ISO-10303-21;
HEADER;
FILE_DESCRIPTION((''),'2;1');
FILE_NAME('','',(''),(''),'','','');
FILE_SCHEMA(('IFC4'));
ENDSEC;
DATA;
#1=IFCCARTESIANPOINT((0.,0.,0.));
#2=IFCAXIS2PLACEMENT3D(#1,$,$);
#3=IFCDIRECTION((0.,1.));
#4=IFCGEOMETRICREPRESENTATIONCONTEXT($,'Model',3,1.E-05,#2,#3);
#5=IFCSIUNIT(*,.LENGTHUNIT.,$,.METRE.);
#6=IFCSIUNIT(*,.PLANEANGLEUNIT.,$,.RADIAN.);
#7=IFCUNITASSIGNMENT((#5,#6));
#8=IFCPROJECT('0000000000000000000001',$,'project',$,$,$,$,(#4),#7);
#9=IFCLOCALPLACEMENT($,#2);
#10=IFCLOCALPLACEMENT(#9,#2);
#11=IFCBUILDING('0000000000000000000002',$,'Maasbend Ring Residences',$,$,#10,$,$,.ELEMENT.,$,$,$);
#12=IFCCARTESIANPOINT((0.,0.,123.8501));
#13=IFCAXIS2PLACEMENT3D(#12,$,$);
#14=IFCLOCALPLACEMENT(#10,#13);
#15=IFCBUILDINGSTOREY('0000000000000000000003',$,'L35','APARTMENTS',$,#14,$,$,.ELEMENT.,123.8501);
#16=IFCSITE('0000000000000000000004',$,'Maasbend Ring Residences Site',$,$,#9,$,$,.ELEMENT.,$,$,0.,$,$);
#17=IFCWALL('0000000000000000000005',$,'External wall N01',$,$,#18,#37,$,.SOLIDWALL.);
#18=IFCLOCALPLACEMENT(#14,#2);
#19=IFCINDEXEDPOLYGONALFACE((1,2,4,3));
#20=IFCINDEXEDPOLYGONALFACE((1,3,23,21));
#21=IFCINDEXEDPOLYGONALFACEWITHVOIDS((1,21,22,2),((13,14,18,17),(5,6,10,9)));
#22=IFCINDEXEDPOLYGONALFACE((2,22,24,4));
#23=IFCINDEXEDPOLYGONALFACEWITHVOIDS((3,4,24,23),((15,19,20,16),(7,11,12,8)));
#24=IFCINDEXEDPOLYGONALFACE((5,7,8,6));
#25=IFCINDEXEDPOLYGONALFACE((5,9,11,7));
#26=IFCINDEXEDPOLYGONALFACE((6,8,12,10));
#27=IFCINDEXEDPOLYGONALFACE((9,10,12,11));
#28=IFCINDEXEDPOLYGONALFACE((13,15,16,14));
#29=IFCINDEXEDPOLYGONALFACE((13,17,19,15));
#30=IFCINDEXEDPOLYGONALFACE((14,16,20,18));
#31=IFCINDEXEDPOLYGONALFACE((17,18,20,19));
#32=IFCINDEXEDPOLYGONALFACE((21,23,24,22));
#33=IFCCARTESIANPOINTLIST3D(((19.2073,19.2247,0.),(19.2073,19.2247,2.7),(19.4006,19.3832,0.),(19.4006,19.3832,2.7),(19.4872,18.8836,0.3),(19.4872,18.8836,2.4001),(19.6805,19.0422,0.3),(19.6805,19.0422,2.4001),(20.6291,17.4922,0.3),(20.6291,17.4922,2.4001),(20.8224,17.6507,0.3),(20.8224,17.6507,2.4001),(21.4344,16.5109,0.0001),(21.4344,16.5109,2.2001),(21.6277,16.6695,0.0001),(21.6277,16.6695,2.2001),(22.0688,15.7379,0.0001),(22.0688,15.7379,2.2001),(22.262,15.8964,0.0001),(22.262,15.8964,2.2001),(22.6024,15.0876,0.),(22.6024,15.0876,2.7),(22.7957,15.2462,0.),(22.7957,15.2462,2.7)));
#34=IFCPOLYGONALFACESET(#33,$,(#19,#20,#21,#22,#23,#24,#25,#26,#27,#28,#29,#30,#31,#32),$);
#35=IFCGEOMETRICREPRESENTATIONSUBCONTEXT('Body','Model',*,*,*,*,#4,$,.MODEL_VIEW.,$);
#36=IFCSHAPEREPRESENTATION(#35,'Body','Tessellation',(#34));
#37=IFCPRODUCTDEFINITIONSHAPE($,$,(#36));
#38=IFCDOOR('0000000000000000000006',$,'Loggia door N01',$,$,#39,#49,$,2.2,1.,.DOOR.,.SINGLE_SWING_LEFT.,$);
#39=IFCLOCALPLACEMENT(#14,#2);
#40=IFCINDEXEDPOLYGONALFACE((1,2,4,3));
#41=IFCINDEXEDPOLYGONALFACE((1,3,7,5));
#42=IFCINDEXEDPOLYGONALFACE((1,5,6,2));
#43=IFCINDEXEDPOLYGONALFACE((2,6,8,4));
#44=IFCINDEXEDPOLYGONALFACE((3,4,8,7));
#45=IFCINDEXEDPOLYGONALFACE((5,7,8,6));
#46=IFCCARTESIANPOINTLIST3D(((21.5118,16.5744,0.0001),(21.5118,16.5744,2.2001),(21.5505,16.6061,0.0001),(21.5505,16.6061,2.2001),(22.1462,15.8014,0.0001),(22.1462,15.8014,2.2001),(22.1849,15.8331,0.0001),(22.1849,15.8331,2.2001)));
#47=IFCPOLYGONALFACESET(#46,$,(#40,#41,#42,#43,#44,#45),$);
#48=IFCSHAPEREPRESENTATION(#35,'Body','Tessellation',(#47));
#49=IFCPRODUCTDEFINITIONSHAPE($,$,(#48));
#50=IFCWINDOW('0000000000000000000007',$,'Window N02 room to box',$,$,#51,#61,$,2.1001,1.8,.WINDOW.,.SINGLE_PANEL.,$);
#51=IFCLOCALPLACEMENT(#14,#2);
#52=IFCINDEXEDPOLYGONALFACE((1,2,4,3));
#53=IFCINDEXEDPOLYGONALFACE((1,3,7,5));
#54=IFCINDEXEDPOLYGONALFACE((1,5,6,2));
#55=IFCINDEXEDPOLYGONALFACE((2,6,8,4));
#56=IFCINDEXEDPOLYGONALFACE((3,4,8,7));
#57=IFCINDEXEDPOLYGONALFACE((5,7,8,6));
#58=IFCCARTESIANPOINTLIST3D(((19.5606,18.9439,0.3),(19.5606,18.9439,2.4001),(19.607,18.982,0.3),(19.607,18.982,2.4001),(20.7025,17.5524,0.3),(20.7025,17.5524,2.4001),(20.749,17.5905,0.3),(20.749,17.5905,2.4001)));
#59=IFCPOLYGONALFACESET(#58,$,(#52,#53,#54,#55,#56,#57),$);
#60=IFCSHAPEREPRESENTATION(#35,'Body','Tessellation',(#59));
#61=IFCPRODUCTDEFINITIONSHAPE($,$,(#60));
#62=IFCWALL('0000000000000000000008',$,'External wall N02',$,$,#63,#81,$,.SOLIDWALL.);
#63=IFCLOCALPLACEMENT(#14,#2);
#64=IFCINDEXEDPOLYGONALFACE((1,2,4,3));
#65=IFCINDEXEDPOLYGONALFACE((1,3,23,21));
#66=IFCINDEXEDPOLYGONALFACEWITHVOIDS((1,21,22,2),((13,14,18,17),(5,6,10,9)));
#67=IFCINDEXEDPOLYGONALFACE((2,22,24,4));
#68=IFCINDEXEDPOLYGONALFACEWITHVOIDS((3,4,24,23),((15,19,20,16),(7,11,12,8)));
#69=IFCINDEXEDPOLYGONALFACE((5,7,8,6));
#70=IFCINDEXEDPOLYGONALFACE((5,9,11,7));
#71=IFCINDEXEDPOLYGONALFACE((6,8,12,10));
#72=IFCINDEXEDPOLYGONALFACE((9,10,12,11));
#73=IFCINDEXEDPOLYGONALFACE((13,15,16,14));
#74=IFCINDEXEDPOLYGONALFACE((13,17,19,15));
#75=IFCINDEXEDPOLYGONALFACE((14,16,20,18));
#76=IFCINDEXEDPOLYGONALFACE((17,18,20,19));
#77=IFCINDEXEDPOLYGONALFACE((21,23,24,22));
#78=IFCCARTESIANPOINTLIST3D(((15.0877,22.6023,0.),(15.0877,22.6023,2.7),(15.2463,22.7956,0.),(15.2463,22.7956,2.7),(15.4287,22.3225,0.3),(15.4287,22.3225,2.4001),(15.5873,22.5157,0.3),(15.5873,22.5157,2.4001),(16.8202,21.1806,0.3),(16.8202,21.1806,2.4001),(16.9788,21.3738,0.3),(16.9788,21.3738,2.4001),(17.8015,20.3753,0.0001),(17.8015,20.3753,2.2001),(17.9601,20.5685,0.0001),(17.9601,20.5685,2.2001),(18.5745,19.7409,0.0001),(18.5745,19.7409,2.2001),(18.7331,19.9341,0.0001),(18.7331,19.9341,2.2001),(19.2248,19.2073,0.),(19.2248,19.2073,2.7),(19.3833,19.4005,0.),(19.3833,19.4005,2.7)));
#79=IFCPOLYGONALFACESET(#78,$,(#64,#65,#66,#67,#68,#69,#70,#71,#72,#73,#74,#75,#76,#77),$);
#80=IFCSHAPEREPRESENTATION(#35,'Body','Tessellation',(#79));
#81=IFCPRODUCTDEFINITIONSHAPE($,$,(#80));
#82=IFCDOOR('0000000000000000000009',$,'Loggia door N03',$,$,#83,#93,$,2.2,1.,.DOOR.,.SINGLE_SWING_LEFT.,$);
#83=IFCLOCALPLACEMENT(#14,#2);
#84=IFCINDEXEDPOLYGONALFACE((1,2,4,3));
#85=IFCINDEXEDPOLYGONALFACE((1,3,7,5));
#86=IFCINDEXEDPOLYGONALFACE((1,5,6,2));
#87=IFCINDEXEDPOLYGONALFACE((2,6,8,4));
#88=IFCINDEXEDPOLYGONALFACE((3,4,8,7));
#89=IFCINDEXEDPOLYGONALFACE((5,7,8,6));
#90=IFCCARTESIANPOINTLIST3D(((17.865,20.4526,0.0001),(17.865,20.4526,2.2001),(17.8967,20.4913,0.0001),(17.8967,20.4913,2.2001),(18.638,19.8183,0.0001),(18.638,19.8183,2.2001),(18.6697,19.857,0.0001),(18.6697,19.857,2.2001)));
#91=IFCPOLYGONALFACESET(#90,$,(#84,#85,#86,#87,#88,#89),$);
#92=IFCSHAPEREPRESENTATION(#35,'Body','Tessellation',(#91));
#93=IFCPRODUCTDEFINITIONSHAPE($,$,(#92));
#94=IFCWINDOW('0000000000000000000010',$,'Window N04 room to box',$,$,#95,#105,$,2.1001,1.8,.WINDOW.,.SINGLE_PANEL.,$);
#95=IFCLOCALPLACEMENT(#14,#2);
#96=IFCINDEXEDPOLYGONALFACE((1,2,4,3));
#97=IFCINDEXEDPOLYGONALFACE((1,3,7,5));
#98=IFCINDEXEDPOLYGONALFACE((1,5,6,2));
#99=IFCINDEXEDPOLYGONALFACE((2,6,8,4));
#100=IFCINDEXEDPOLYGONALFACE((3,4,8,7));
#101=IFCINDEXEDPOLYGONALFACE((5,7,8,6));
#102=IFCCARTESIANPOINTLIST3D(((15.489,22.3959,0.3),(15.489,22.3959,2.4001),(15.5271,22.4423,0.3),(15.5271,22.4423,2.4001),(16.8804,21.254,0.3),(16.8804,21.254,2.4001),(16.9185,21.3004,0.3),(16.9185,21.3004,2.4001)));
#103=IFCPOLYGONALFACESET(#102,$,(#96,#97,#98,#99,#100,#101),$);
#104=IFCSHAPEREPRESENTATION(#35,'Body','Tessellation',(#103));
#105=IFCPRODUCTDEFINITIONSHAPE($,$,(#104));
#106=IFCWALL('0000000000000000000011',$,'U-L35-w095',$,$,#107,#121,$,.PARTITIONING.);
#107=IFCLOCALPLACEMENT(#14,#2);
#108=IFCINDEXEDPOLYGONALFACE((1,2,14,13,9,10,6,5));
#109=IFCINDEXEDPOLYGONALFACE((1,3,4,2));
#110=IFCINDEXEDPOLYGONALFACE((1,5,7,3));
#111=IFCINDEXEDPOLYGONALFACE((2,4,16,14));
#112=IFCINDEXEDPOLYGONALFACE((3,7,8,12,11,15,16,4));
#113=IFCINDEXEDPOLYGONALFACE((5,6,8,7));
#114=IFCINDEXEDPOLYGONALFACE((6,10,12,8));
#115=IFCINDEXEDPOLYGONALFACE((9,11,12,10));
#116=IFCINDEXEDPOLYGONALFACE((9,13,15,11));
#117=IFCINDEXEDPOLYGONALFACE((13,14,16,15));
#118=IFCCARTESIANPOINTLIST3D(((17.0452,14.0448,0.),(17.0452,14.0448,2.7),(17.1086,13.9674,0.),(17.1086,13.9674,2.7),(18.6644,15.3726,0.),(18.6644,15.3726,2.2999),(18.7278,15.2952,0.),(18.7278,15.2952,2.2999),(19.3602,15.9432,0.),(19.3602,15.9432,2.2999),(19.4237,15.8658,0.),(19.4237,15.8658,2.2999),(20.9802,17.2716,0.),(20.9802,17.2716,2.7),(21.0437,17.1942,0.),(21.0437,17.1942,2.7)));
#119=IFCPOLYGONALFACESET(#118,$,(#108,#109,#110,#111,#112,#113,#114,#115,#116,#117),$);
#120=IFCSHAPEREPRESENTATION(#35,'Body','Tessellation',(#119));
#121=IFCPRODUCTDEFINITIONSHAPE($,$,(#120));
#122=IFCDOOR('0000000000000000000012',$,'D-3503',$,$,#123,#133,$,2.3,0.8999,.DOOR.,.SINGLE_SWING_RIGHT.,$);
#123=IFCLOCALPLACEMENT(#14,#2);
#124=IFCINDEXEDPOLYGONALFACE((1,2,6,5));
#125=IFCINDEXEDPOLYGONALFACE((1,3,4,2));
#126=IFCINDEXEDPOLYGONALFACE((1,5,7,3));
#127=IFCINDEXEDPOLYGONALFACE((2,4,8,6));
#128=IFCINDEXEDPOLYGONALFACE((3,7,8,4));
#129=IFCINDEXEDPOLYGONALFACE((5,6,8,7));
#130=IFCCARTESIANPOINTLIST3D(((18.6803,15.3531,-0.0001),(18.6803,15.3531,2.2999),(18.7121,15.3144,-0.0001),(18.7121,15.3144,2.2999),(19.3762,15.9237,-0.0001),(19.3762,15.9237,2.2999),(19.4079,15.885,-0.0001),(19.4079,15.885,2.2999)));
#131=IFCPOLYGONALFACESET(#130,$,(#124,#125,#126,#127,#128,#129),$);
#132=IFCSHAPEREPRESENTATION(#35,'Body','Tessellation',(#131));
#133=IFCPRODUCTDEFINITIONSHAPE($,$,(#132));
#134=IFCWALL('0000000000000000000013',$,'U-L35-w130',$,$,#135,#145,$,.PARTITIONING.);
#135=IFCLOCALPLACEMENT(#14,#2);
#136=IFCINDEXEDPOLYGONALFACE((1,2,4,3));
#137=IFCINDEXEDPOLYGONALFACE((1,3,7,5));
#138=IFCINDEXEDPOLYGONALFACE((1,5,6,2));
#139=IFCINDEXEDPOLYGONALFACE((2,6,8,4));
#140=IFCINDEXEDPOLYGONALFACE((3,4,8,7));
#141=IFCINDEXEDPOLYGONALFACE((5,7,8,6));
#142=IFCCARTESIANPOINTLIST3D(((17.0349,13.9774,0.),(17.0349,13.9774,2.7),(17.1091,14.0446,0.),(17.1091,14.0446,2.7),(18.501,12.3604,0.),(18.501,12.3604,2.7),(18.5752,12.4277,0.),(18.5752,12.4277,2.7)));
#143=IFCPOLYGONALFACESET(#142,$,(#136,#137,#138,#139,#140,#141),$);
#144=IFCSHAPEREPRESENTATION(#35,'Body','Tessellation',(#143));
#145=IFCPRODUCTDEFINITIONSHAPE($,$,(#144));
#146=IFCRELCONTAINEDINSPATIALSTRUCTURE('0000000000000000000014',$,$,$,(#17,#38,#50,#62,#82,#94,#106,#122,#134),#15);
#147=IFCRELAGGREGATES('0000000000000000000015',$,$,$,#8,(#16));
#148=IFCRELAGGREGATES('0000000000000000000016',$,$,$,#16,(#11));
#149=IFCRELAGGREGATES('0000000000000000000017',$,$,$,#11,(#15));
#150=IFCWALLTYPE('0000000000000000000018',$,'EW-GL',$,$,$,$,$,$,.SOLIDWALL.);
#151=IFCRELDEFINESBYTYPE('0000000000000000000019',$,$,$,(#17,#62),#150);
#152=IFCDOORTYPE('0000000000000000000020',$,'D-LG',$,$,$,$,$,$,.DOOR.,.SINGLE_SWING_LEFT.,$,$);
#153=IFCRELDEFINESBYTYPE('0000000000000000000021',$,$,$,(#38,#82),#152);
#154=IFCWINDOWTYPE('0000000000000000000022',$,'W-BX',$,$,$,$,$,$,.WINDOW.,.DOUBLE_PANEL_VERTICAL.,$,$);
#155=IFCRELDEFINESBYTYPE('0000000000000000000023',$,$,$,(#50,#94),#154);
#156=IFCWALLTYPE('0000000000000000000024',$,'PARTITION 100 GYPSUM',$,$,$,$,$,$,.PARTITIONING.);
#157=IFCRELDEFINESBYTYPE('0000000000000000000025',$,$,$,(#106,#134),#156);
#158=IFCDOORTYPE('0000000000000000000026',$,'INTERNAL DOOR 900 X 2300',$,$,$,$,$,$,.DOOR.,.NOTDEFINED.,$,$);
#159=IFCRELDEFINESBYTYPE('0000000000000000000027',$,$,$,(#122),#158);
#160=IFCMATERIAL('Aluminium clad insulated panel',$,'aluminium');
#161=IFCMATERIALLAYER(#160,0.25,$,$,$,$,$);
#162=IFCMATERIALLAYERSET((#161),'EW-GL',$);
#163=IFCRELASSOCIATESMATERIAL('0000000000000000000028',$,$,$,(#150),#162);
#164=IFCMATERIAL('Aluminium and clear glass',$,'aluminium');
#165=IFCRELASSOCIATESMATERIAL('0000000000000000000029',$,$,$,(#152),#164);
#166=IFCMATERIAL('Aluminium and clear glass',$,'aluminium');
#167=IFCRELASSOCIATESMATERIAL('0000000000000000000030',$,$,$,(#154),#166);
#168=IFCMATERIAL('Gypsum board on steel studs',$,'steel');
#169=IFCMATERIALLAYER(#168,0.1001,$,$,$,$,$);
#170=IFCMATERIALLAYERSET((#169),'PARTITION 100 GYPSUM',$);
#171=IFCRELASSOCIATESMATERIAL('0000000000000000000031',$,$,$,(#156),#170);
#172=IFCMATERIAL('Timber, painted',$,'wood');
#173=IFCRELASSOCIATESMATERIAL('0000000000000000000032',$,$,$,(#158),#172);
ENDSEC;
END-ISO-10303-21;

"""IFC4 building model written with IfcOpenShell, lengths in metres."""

from ifc_helpers import new_model, si_unit, direction, frame, frame_2d, origin, place, context, subcontext, project, spatial, rectangle, extrude, material, layer, layer_set, type_object, element, fill, save


model = new_model("IFC4")

# Units and contexts
model_context = context("Model", 3, precision=1e-05, world=origin(), true_north=direction((0.0, 1.0)))
body_context = subcontext(model_context, "Body", "Model", "MODEL_VIEW")
ifc_project = project(units=[si_unit("LENGTHUNIT", "METRE"), si_unit("PLANEANGLEUNIT", "RADIAN")], contexts=[model_context])

# Site, building, storey
site_placement = place(None, origin())
site = spatial("IfcSite", under=ifc_project, at=site_placement, Name="Maasbend Ring Residences Site", CompositionType="ELEMENT", RefElevation=0.0)
building_placement = place(site_placement, origin())
building = spatial("IfcBuilding", under=site, at=building_placement, Name="Maasbend Ring Residences", CompositionType="ELEMENT")
storey_placement = place(building_placement, frame((0.0, 0.0, 123.8501)))
storey = spatial("IfcBuildingStorey", under=building, at=storey_placement, Name="L35", Description="APARTMENTS", CompositionType="ELEMENT", Elevation=123.8501)

# Walls, openings, doors, windows
ifc_material_1 = material(Name="Aluminium clad insulated panel", Category="aluminium")
ifc_layer_1 = layer(ifc_material_1, 0.25)
ifc_layer_set_1 = layer_set([ifc_layer_1], Name="EW-GL")
wall_type_1 = type_object("IfcWallType", Name="EW-GL", PredefinedType="SOLIDWALL", material=ifc_layer_set_1)
wall_1_placement = place(storey_placement, frame((22.699, 15.167, 0.0), z_axis=(0.0, 0.0, 1.0), x_axis=(-0.634382, 0.773019, 0.0)))
wall_1 = element("IfcWall", 1, at=wall_1_placement, inside=storey, type_object=wall_type_1, Name="External wall N01", PredefinedType="SOLIDWALL", context=body_context, shape_type="SweptSolid", body=[
    extrude(rectangle(XDim=5.3518, YDim=0.25, at=frame_2d((2.6758, 0.0))), origin(), (0.0, 0.0, 1.0), 2.7),
])
opening_1_placement = place(wall_1_placement, frame((0.8411, 0.0, 0.0)))
opening_1 = element("IfcOpeningElement", 2, at=opening_1_placement, cuts=wall_1, PredefinedType="OPENING", context=body_context, shape_type="SweptSolid", body=[
    extrude(rectangle(XDim=1.0, YDim=2.2, at=frame_2d((0.5, 1.1001))), frame((0.0, 0.135, 0.0), z_axis=(0.0, -1.0, 0.0), x_axis=(1.0, 0.0, 0.0)), (0.0, 0.0, 1.0), 0.27),
])
opening_2_placement = place(wall_1_placement, frame((3.1106, 0.0, 0.3)))
opening_2 = element("IfcOpeningElement", 3, at=opening_2_placement, cuts=wall_1, PredefinedType="OPENING", context=body_context, shape_type="SweptSolid", body=[
    extrude(rectangle(XDim=1.8, YDim=2.1001, at=frame_2d((0.8999, 1.05))), frame((0.0, 0.135, 0.0), z_axis=(0.0, -1.0, 0.0), x_axis=(1.0, 0.0, 0.0)), (0.0, 0.0, 1.0), 0.27),
])
ifc_material_2 = material(Name="Aluminium and clear glass", Category="aluminium")
door_type_1 = type_object("IfcDoorType", Name="D-LG", OperationType="SINGLE_SWING_LEFT", PredefinedType="DOOR", material=ifc_material_2)
door_1_placement = place(opening_1_placement, origin())
door_1 = element("IfcDoor", 4, at=door_1_placement, inside=storey, type_object=door_type_1, Name="Loggia door N01", OperationType="SINGLE_SWING_LEFT", OverallHeight=2.2, OverallWidth=1.0, PredefinedType="DOOR", context=body_context, shape_type="SweptSolid", body=[
    extrude(rectangle(XDim=1.0, YDim=2.2, at=frame_2d((0.5, 1.1001))), frame((0.0, 0.0249, 0.0), z_axis=(0.0, -1.0, 0.0), x_axis=(1.0, 0.0, 0.0)), (0.0, 0.0, 1.0), 0.05),
])
fill(opening_1, door_1)
ifc_material_3 = material(Name="Aluminium and clear glass", Category="aluminium")
window_type_1 = type_object("IfcWindowType", Name="W-BX", PartitioningType="DOUBLE_PANEL_VERTICAL", PredefinedType="WINDOW", material=ifc_material_3)
window_1_placement = place(opening_2_placement, origin())
window_1 = element("IfcWindow", 5, at=window_1_placement, inside=storey, type_object=window_type_1, Name="Window N02 room to box", OverallHeight=2.1001, OverallWidth=1.8, PartitioningType="SINGLE_PANEL", PredefinedType="WINDOW", context=body_context, shape_type="SweptSolid", body=[
    extrude(rectangle(XDim=1.8, YDim=2.1001, at=frame_2d((0.8999, 1.05))), frame((0.0, 0.03, 0.0), z_axis=(0.0, -1.0, 0.0), x_axis=(1.0, 0.0, 0.0)), (0.0, 0.0, 1.0), 0.0601),
])
fill(opening_2, window_1)
wall_2_placement = place(storey_placement, frame((19.304, 19.304, 0.0), z_axis=(0.0, 0.0, 1.0), x_axis=(-0.773019, 0.634382, 0.0)))
wall_2 = element("IfcWall", 6, at=wall_2_placement, inside=storey, type_object=wall_type_1, Name="External wall N02", PredefinedType="SOLIDWALL", context=body_context, shape_type="SweptSolid", body=[
    extrude(rectangle(XDim=5.3518, YDim=0.25, at=frame_2d((2.6758, 0.0))), origin(), (0.0, 0.0, 1.0), 2.7),
])
opening_3_placement = place(wall_2_placement, frame((0.8411, 0.0, 0.0)))
opening_3 = element("IfcOpeningElement", 7, at=opening_3_placement, cuts=wall_2, PredefinedType="OPENING", context=body_context, shape_type="SweptSolid", body=[
    extrude(rectangle(XDim=1.0, YDim=2.2, at=frame_2d((0.5, 1.1001))), frame((0.0, 0.135, 0.0), z_axis=(0.0, -1.0, 0.0), x_axis=(1.0, 0.0, 0.0)), (0.0, 0.0, 1.0), 0.27),
])
opening_4_placement = place(wall_2_placement, frame((3.1106, 0.0, 0.3)))
opening_4 = element("IfcOpeningElement", 8, at=opening_4_placement, cuts=wall_2, PredefinedType="OPENING", context=body_context, shape_type="SweptSolid", body=[
    extrude(rectangle(XDim=1.8, YDim=2.1001, at=frame_2d((0.8999, 1.05))), frame((0.0, 0.135, 0.0), z_axis=(0.0, -1.0, 0.0), x_axis=(1.0, 0.0, 0.0)), (0.0, 0.0, 1.0), 0.27),
])
door_2_placement = place(opening_3_placement, origin())
door_2 = element("IfcDoor", 9, at=door_2_placement, inside=storey, type_object=door_type_1, Name="Loggia door N03", OperationType="SINGLE_SWING_LEFT", OverallHeight=2.2, OverallWidth=1.0, PredefinedType="DOOR", context=body_context, shape_type="SweptSolid", body=[
    extrude(rectangle(XDim=1.0, YDim=2.2, at=frame_2d((0.5, 1.1001))), frame((0.0, 0.0249, 0.0), z_axis=(0.0, -1.0, 0.0), x_axis=(1.0, 0.0, 0.0)), (0.0, 0.0, 1.0), 0.05),
])
fill(opening_3, door_2)
window_2_placement = place(opening_4_placement, origin())
window_2 = element("IfcWindow", 10, at=window_2_placement, inside=storey, type_object=window_type_1, Name="Window N04 room to box", OverallHeight=2.1001, OverallWidth=1.8, PartitioningType="SINGLE_PANEL", PredefinedType="WINDOW", context=body_context, shape_type="SweptSolid", body=[
    extrude(rectangle(XDim=1.8, YDim=2.1001, at=frame_2d((0.8999, 1.05))), frame((0.0, 0.03, 0.0), z_axis=(0.0, -1.0, 0.0), x_axis=(1.0, 0.0, 0.0)), (0.0, 0.0, 1.0), 0.0601),
])
fill(opening_4, window_2)

# Wall, opening, door
ifc_material_4 = material(Name="Gypsum board on steel studs", Category="steel")
ifc_layer_2 = layer(ifc_material_4, 0.1001)
ifc_layer_set_2 = layer_set([ifc_layer_2], Name="PARTITION 100 GYPSUM")
wall_type_2 = type_object("IfcWallType", Name="PARTITION 100 GYPSUM", PredefinedType="PARTITIONING", material=ifc_layer_set_2)
wall_3_placement = place(storey_placement, frame((17.0769, 14.0061, 0.0), z_axis=(0.0, 0.0, 1.0), x_axis=(0.773262, 0.634086, 0.0)))
wall_3 = element("IfcWall", 11, at=wall_3_placement, inside=storey, type_object=wall_type_2, Name="U-L35-w095", PredefinedType="PARTITIONING", context=body_context, shape_type="SweptSolid", body=[
    extrude(rectangle(XDim=5.0889, YDim=0.1001, at=frame_2d((2.5444, 0.0))), origin(), (0.0, 0.0, 1.0), 2.7),
])
opening_5_placement = place(wall_3_placement, frame((2.094, 0.0, 0.0)))
opening_5 = element("IfcOpeningElement", 12, at=opening_5_placement, cuts=wall_3, PredefinedType="OPENING", context=body_context, shape_type="SweptSolid", body=[
    extrude(rectangle(XDim=0.8999, YDim=2.3, at=frame_2d((0.45, 1.1499))), frame((0.0, 0.0601, 0.0), z_axis=(0.0, -1.0, 0.0), x_axis=(1.0, 0.0, 0.0)), (0.0, 0.0, 1.0), 0.1201),
])
ifc_material_5 = material(Name="Timber, painted", Category="wood")
door_type_2 = type_object("IfcDoorType", Name="INTERNAL DOOR 900 X 2300", OperationType="NOTDEFINED", PredefinedType="DOOR", material=ifc_material_5)
door_3_placement = place(opening_5_placement, origin())
door_3 = element("IfcDoor", 13, at=door_3_placement, inside=storey, type_object=door_type_2, Name="D-3503", OperationType="SINGLE_SWING_RIGHT", OverallHeight=2.3, OverallWidth=0.8999, PredefinedType="DOOR", context=body_context, shape_type="SweptSolid", body=[
    extrude(rectangle(XDim=0.8999, YDim=2.3, at=frame_2d((0.45, 1.1499))), frame((0.0, 0.0249, 0.0), z_axis=(0.0, -1.0, 0.0), x_axis=(1.0, 0.0, 0.0)), (0.0, 0.0, 1.0), 0.05),
])
fill(opening_5, door_3)

# Wall
wall_4_placement = place(storey_placement, frame((17.072, 14.011, 0.0), z_axis=(0.0, 0.0, 1.0), x_axis=(0.671698, -0.740825, 0.0)))
element("IfcWall", 14, at=wall_4_placement, inside=storey, type_object=wall_type_2, Name="U-L35-w130", PredefinedType="PARTITIONING", context=body_context, shape_type="SweptSolid", body=[
    extrude(rectangle(XDim=2.1826, YDim=0.1001, at=frame_2d((1.0913, 0.0))), origin(), (0.0, 0.0, 1.0), 2.7),
])

save(model, "model.ifc")
